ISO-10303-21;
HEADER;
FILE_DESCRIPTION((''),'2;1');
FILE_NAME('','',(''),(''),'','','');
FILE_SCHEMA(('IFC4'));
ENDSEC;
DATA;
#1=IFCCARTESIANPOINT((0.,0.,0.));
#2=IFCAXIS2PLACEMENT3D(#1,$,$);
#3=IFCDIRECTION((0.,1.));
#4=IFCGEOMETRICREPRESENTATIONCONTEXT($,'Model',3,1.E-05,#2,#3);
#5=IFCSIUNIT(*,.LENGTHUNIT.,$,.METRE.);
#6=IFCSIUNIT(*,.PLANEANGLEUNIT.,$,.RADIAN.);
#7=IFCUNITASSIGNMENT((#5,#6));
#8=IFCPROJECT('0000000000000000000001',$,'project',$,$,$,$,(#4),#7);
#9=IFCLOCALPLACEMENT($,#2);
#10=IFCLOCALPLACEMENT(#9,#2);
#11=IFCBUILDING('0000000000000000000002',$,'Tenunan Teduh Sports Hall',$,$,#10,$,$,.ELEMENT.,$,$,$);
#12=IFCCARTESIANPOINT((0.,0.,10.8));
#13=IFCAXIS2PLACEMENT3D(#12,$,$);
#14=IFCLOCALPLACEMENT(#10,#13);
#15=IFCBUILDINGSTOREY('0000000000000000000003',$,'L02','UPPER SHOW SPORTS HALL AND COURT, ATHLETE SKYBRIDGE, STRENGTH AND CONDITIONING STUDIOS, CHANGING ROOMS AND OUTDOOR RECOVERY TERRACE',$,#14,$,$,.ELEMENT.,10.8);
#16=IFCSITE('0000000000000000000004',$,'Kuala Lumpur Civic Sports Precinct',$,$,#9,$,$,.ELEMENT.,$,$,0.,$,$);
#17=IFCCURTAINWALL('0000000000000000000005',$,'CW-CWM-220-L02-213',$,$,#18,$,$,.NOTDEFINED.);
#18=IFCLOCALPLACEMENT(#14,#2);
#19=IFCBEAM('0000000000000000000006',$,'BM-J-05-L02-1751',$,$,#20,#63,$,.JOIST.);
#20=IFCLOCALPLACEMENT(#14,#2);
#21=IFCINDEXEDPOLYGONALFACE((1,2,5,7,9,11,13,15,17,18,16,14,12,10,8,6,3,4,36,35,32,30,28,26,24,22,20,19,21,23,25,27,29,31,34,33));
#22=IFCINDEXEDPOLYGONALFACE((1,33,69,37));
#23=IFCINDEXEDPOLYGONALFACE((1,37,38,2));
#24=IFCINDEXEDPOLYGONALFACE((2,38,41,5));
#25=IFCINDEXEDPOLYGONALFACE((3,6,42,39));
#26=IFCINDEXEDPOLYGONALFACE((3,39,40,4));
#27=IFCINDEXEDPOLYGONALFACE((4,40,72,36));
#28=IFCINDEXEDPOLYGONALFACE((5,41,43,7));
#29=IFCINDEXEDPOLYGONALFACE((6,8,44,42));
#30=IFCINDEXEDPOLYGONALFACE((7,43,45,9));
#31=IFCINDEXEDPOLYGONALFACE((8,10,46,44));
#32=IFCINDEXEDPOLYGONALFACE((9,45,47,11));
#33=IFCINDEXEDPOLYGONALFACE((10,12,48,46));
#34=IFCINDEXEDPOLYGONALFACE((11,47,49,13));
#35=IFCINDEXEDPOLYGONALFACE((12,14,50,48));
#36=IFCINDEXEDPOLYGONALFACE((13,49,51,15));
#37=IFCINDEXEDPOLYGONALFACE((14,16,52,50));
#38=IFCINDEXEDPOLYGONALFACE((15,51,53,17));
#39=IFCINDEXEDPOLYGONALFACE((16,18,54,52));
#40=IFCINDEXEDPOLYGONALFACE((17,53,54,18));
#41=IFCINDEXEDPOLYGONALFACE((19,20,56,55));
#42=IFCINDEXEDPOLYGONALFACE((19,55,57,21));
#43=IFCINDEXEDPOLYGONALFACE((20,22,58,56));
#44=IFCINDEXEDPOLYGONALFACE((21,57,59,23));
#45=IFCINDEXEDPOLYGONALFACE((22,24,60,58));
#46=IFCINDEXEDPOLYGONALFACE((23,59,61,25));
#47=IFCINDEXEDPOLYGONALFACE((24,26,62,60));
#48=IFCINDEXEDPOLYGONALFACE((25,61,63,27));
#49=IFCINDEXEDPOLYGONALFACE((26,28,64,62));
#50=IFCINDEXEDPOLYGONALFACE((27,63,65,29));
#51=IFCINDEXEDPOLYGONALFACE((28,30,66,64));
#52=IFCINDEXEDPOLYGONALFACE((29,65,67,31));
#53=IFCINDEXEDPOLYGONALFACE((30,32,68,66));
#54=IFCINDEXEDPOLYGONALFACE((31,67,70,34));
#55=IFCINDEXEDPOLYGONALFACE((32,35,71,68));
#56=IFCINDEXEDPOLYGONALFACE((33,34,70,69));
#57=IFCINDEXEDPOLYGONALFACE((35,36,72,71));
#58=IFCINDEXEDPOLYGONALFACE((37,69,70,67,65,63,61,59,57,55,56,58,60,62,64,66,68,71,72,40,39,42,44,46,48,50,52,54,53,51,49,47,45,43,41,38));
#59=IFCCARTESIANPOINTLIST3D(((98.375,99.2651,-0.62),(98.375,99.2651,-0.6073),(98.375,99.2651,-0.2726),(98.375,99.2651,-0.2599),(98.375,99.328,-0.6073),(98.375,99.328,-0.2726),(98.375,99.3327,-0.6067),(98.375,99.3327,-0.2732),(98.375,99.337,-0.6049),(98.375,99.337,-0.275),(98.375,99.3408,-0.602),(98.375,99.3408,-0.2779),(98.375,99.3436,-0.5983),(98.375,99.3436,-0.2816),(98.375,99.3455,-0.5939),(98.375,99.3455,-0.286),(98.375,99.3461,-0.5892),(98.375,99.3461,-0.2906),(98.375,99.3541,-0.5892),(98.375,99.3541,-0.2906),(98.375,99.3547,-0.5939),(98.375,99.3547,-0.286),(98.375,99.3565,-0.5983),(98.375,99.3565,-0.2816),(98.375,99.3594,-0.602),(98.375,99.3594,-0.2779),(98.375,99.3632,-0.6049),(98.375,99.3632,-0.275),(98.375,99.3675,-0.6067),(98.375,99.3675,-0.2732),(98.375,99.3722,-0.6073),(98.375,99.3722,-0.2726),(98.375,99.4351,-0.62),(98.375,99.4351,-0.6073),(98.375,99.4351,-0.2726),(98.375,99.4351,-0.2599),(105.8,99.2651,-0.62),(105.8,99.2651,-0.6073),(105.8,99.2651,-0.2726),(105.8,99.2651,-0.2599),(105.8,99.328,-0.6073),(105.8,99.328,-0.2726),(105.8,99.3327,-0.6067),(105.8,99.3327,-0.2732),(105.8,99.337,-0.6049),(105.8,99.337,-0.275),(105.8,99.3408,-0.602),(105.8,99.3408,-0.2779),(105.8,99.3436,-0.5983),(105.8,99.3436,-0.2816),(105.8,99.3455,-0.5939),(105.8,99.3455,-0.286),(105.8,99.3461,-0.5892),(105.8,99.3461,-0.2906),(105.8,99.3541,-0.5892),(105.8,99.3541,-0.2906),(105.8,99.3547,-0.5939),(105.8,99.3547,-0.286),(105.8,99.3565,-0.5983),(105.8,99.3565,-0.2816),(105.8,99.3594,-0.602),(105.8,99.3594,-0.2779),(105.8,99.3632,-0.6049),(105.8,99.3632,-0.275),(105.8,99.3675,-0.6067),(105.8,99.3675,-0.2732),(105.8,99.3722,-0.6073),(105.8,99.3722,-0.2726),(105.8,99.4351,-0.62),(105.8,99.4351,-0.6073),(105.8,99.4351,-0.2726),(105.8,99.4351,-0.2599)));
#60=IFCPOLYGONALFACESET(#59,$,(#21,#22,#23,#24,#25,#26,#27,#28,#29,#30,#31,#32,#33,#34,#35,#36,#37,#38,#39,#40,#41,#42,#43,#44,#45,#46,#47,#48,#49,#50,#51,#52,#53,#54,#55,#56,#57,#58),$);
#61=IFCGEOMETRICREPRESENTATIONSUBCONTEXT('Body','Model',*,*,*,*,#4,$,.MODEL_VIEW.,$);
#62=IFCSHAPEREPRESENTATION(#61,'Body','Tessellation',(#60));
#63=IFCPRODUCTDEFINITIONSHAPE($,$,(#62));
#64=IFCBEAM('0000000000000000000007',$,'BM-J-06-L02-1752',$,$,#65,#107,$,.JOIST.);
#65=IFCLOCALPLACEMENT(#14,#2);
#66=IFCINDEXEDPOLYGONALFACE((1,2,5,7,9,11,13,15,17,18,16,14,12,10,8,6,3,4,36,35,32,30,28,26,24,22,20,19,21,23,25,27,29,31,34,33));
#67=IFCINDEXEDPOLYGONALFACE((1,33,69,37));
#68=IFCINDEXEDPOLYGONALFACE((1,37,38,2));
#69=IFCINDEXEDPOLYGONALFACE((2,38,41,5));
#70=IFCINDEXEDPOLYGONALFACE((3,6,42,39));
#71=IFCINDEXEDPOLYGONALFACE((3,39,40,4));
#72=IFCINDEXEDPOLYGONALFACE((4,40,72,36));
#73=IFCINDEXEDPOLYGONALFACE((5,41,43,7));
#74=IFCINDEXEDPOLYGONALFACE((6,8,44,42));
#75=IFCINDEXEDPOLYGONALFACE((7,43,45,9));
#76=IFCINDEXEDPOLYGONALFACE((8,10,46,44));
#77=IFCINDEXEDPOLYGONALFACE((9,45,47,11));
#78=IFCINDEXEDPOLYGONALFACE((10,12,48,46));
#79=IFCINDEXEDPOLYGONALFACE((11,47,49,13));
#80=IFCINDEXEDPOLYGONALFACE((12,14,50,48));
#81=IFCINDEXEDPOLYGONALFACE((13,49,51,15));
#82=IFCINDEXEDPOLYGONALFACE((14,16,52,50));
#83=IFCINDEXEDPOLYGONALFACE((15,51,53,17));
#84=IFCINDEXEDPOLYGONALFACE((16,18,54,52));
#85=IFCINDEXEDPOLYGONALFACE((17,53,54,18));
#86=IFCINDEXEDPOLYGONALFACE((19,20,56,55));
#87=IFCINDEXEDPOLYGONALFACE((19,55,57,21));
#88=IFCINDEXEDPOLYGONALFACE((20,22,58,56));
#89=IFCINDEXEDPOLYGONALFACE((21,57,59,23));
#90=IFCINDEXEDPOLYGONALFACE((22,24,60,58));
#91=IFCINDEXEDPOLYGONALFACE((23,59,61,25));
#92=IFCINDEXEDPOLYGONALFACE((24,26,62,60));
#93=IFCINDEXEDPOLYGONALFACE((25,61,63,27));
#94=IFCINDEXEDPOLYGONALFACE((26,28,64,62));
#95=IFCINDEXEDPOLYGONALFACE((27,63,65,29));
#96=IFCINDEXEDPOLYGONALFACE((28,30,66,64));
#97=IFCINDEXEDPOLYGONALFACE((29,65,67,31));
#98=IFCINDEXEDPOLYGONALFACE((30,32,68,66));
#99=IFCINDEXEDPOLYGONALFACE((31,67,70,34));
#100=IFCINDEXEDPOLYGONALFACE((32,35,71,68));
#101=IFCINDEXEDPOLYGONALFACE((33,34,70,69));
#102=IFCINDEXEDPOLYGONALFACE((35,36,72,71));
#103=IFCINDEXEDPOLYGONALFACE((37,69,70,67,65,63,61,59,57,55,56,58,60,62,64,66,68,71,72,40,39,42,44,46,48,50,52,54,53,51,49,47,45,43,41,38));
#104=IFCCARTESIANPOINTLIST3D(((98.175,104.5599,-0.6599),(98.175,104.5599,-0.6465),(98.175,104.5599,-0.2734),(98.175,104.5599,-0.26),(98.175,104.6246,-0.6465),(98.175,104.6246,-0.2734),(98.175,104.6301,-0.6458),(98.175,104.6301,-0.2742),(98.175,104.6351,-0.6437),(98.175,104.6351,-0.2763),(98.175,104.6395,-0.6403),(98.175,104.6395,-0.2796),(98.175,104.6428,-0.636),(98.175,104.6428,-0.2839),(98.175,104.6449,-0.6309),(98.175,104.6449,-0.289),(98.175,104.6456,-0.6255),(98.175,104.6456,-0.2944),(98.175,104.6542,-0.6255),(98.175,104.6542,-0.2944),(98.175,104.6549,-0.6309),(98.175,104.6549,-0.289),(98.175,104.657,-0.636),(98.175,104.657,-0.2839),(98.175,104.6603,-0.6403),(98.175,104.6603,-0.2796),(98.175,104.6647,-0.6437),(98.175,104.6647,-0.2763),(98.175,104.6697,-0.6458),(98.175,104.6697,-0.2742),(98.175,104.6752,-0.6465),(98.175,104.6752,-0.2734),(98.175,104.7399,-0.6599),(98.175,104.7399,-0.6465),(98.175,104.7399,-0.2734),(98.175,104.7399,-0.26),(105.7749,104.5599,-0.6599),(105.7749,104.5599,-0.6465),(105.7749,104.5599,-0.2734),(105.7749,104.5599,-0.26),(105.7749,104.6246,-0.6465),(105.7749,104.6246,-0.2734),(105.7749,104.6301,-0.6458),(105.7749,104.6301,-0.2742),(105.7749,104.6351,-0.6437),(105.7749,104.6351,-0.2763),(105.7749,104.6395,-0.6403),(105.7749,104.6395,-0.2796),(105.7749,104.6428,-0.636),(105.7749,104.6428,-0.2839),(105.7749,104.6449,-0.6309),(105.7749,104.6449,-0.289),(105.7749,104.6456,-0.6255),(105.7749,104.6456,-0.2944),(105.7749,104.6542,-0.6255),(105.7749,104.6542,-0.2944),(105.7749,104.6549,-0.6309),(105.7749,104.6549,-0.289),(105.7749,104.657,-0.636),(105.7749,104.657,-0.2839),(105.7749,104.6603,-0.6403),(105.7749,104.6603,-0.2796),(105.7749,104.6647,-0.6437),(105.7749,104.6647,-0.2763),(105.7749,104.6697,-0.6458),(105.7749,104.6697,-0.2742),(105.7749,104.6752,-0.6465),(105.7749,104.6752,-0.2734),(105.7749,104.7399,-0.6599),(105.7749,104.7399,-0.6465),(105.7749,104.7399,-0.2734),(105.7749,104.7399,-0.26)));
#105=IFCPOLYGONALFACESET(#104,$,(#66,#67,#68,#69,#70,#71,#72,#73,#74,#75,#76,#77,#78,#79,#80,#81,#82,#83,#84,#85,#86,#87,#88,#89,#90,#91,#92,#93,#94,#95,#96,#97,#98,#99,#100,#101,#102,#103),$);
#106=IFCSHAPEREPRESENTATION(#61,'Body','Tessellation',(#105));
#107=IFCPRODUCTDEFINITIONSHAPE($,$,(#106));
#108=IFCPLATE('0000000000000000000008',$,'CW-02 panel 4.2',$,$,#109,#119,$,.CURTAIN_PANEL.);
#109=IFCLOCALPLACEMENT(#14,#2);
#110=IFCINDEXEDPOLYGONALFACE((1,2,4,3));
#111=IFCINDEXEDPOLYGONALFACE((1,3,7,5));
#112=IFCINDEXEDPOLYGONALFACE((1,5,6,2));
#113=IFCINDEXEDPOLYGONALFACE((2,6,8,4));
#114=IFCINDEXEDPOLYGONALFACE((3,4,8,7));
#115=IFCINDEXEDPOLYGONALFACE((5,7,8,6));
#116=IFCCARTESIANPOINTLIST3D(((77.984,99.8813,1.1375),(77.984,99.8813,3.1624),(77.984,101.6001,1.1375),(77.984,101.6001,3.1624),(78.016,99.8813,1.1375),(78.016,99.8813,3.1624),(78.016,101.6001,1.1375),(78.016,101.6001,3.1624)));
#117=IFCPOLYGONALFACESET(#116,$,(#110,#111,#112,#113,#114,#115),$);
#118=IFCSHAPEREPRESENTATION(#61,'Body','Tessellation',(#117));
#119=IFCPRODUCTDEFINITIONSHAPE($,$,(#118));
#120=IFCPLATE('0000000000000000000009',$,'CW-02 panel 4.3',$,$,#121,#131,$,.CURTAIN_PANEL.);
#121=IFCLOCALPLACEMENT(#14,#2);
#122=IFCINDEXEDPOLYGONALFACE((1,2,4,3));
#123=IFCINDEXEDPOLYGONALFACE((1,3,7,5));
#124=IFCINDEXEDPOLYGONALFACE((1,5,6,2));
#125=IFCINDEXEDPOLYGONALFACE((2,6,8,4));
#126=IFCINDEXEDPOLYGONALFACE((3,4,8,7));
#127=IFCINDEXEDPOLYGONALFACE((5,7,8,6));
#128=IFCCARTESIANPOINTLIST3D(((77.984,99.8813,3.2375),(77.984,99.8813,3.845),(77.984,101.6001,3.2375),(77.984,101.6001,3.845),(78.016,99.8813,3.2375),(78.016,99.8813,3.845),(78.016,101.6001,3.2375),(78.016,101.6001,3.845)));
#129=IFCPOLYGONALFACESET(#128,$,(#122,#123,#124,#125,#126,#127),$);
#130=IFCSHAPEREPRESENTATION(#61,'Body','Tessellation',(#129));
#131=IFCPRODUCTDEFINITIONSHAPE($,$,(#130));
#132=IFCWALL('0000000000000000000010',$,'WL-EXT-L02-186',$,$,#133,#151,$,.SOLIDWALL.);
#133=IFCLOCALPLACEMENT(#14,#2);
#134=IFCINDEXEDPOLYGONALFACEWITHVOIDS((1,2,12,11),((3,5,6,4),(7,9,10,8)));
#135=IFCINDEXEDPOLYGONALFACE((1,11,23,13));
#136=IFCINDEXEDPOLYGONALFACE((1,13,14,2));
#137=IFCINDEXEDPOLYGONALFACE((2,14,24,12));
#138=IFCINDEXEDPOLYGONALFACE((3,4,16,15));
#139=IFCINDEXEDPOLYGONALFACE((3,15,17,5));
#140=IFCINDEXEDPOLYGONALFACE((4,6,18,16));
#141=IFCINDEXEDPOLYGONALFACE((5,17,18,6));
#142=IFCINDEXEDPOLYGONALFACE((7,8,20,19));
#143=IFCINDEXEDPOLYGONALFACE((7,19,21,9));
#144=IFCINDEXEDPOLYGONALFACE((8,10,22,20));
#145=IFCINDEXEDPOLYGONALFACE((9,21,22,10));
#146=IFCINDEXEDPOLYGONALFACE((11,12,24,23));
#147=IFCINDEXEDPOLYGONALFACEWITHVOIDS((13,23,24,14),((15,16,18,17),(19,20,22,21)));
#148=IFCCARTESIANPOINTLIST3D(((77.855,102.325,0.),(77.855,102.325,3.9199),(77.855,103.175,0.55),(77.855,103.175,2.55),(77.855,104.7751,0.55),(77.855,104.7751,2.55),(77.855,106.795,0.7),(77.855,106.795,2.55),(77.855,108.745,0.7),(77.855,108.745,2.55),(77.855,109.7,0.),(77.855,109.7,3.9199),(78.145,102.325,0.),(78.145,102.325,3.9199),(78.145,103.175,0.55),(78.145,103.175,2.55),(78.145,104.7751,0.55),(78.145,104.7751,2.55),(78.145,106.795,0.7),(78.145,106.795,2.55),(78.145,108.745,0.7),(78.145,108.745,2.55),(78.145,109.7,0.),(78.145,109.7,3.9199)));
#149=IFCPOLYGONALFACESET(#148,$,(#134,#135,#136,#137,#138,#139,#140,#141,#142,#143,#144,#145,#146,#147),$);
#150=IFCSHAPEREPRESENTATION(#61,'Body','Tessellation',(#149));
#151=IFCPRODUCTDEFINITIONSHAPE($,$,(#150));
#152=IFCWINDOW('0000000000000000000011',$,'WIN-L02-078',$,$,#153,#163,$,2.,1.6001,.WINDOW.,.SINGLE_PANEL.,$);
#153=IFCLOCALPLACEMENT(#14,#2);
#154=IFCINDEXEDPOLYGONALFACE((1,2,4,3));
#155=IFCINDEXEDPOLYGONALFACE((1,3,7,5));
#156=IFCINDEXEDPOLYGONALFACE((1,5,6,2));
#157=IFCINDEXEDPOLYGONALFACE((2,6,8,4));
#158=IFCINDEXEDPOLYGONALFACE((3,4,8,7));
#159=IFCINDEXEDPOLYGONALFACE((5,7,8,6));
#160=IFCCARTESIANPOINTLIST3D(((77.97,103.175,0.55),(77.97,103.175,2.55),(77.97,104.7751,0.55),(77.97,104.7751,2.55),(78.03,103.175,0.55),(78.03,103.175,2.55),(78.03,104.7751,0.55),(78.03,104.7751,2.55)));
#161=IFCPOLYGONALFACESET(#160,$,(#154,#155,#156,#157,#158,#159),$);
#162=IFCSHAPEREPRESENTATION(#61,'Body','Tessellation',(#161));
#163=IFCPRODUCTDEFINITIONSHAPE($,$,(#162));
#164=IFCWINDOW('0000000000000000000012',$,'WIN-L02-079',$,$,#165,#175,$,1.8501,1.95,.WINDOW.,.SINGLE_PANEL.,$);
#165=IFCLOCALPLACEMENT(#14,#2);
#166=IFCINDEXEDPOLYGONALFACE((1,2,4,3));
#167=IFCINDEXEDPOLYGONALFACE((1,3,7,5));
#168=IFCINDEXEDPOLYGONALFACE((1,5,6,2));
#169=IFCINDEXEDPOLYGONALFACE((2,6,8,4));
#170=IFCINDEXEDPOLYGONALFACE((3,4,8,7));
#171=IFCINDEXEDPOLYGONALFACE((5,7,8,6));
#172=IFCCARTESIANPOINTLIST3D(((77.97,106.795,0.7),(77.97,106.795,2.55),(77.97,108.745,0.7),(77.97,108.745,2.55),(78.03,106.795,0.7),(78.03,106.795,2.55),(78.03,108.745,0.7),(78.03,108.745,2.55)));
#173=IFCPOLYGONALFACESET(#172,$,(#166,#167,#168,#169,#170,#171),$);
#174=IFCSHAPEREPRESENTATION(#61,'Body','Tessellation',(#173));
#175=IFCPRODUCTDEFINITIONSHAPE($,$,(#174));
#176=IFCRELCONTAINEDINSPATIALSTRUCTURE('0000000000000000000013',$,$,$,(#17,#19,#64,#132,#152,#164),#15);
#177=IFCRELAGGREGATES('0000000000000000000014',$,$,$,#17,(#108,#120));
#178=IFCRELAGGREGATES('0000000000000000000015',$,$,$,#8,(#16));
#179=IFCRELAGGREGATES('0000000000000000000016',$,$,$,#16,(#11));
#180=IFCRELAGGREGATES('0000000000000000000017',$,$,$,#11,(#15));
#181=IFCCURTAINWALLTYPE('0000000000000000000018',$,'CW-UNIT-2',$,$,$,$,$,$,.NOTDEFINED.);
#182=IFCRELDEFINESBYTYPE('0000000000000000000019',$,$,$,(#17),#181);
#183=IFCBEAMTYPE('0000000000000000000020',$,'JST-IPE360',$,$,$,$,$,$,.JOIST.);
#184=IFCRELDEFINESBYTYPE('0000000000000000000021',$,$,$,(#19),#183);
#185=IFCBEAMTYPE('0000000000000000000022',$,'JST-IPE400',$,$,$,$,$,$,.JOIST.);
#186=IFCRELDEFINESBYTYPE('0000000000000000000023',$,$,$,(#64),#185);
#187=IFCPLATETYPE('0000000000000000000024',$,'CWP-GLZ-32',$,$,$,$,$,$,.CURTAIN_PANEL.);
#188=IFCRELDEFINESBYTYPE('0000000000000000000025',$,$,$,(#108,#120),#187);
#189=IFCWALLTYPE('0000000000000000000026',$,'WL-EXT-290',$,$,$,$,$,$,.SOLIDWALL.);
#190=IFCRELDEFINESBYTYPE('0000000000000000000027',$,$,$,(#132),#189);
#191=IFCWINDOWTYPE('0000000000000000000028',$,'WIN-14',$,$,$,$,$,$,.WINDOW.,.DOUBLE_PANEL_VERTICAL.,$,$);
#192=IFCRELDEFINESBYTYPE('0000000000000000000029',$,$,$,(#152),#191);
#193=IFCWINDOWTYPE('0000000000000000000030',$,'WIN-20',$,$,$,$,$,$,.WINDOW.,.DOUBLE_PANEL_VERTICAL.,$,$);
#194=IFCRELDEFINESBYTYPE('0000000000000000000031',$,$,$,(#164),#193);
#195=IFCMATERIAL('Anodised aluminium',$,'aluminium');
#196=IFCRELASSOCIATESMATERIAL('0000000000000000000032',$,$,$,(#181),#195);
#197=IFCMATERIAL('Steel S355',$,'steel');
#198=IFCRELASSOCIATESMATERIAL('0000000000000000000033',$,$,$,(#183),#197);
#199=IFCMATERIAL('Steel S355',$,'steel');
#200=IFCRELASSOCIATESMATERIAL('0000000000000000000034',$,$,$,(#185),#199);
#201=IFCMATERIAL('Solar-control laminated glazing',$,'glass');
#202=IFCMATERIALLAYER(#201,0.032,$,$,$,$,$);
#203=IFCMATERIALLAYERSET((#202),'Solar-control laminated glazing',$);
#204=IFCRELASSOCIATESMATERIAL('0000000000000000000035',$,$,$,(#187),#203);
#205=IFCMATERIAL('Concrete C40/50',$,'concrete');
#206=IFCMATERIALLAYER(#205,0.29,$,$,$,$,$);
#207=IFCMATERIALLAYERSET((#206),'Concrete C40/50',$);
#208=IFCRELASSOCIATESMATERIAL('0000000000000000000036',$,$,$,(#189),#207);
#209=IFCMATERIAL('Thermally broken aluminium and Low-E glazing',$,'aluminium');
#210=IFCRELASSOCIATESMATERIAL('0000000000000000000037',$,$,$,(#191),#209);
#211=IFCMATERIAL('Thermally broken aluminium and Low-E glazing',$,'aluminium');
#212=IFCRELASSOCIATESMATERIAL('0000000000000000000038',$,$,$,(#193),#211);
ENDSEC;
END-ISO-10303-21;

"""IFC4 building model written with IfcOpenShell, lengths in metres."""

from ifc_helpers import new_model, si_unit, direction, frame, frame_2d, origin, origin_2d, place, context, subcontext, project, spatial, rectangle, i_section, extrude, material, layer, layer_set, material_profile, profile_set, type_object, element, fill, aggregate, save


model = new_model("IFC4")

# Units and contexts
model_context = context("Model", 3, precision=1e-05, world=origin(), true_north=direction((0.0, 1.0)))
body_context = subcontext(model_context, "Body", "Model", "MODEL_VIEW")
ifc_project = project(units=[si_unit("LENGTHUNIT", "METRE"), si_unit("PLANEANGLEUNIT", "RADIAN")], contexts=[model_context])

# Site, building, storey
site_placement = place(None, origin())
site = spatial("IfcSite", under=ifc_project, at=site_placement, Name="Kuala Lumpur Civic Sports Precinct", CompositionType="ELEMENT", RefElevation=0.0)
building_placement = place(site_placement, origin())
building = spatial("IfcBuilding", under=site, at=building_placement, Name="Tenunan Teduh Sports Hall", CompositionType="ELEMENT")
storey_placement = place(building_placement, frame((0.0, 0.0, 10.8)))
storey = spatial("IfcBuildingStorey", under=building, at=storey_placement, Name="L02", Description="UPPER SHOW SPORTS HALL AND COURT, ATHLETE SKYBRIDGE, STRENGTH AND CONDITIONING STUDIOS, CHANGING ROOMS AND OUTDOOR RECOVERY TERRACE", CompositionType="ELEMENT", Elevation=10.8)

# Curtain wall
ifc_material_1 = material(Name="Anodised aluminium", Category="aluminium")
curtain_wall_type = type_object("IfcCurtainWallType", Name="CW-UNIT-2", PredefinedType="NOTDEFINED", material=ifc_material_1)
curtain_wall_placement = place(storey_placement, origin())
curtain_wall = element("IfcCurtainWall", 1, at=curtain_wall_placement, inside=storey, type_object=curtain_wall_type, Name="CW-CWM-220-L02-213", PredefinedType="NOTDEFINED")

# Beams
ifc_material_2 = material(Name="Steel S355", Category="steel")
ifc_material_profile_1 = material_profile(ifc_material_2, i_section(OverallWidth=0.1699, OverallDepth=0.3601, WebThickness=0.0081, FlangeThickness=0.0127, FilletRadius=0.0181, at=origin_2d()), Name="IPE 360")
ifc_profile_set_1 = profile_set([ifc_material_profile_1], Name="Steel S355")
beam_type_1 = type_object("IfcBeamType", Name="JST-IPE360", PredefinedType="JOIST", material=ifc_profile_set_1)
beam_1_placement = place(storey_placement, frame((98.375, 99.3501, -0.4399), z_axis=(1.0, 0.0, 0.0), x_axis=(0.0, 1.0, 0.0)))
element("IfcBeam", 2, at=beam_1_placement, inside=storey, type_object=beam_type_1, Name="BM-J-05-L02-1751", PredefinedType="JOIST", context=body_context, shape_type="SweptSolid", body=[
    extrude(i_section(OverallWidth=0.1699, OverallDepth=0.3601, WebThickness=0.0081, FlangeThickness=0.0127, FilletRadius=0.0181, at=origin_2d()), origin(), (0.0, 0.0, 1.0), 7.425),
])
ifc_material_3 = material(Name="Steel S355", Category="steel")
ifc_material_profile_2 = material_profile(ifc_material_3, i_section(OverallWidth=0.1799, OverallDepth=0.3999, WebThickness=0.0085, FlangeThickness=0.0134, FilletRadius=0.021, at=origin_2d()), Name="IPE 400")
ifc_profile_set_2 = profile_set([ifc_material_profile_2], Name="Steel S355")
beam_type_2 = type_object("IfcBeamType", Name="JST-IPE400", PredefinedType="JOIST", material=ifc_profile_set_2)
beam_2_placement = place(storey_placement, frame((98.175, 104.6499, -0.46), z_axis=(1.0, 0.0, 0.0), x_axis=(0.0, 1.0, 0.0)))
element("IfcBeam", 3, at=beam_2_placement, inside=storey, type_object=beam_type_2, Name="BM-J-06-L02-1752", PredefinedType="JOIST", context=body_context, shape_type="SweptSolid", body=[
    extrude(i_section(OverallWidth=0.1799, OverallDepth=0.3999, WebThickness=0.0085, FlangeThickness=0.0134, FilletRadius=0.021, at=origin_2d()), origin(), (0.0, 0.0, 1.0), 7.5999),
])

# Plates
ifc_material_4 = material(Name="Solar-control laminated glazing", Category="glass")
ifc_layer_1 = layer(ifc_material_4, 0.032)
ifc_layer_set_1 = layer_set([ifc_layer_1], Name="Solar-control laminated glazing")
plate_type = type_object("IfcPlateType", Name="CWP-GLZ-32", PredefinedType="CURTAIN_PANEL", material=ifc_layer_set_1)
plate_1_placement = place(storey_placement, frame((78.0, 100.7407, 1.1375), z_axis=(0.0, 0.0, 1.0), x_axis=(0.0, 1.0, 0.0)))
plate_1 = element("IfcPlate", 4, at=plate_1_placement, type_object=plate_type, Name="CW-02 panel 4.2", PredefinedType="CURTAIN_PANEL", context=body_context, shape_type="SweptSolid", body=[
    extrude(rectangle(XDim=1.7188, YDim=0.032, at=origin_2d()), origin(), (0.0, 0.0, 1.0), 2.0249),
])
plate_2_placement = place(storey_placement, frame((78.0, 100.7407, 3.2375), z_axis=(0.0, 0.0, 1.0), x_axis=(0.0, 1.0, 0.0)))
plate_2 = element("IfcPlate", 5, at=plate_2_placement, type_object=plate_type, Name="CW-02 panel 4.3", PredefinedType="CURTAIN_PANEL", context=body_context, shape_type="SweptSolid", body=[
    extrude(rectangle(XDim=1.7188, YDim=0.032, at=origin_2d()), origin(), (0.0, 0.0, 1.0), 0.6074),
])
aggregate(curtain_wall, [plate_1, plate_2])

# Wall, openings, windows
ifc_material_5 = material(Name="Concrete C40/50", Category="concrete")
ifc_layer_2 = layer(ifc_material_5, 0.29)
ifc_layer_set_2 = layer_set([ifc_layer_2], Name="Concrete C40/50")
wall_type = type_object("IfcWallType", Name="WL-EXT-290", PredefinedType="SOLIDWALL", material=ifc_layer_set_2)
wall_placement = place(storey_placement, frame((78.0, 102.325, 0.0), z_axis=(0.0, 0.0, 1.0), x_axis=(0.0, 1.0, 0.0)))
wall = element("IfcWall", 6, at=wall_placement, inside=storey, type_object=wall_type, Name="WL-EXT-L02-186", PredefinedType="SOLIDWALL", context=body_context, shape_type="SweptSolid", body=[
    extrude(rectangle(XDim=7.375, YDim=0.29, at=frame_2d((3.6875, 0.0))), origin(), (0.0, 0.0, 1.0), 3.9199),
])
opening_1_placement = place(wall_placement, frame((0.8501, 0.0, 0.55)))
opening_1 = element("IfcOpeningElement", 7, at=opening_1_placement, cuts=wall, PredefinedType="OPENING", context=body_context, shape_type="SweptSolid", body=[
    extrude(rectangle(XDim=1.6001, YDim=2.0, at=frame_2d((0.8, 1.0))), frame((0.0, 0.155, 0.0), z_axis=(0.0, -1.0, 0.0), x_axis=(1.0, 0.0, 0.0)), (0.0, 0.0, 1.0), 0.3101),
])
opening_2_placement = place(wall_placement, frame((4.47, 0.0, 0.7)))
opening_2 = element("IfcOpeningElement", 8, at=opening_2_placement, cuts=wall, PredefinedType="OPENING", context=body_context, shape_type="SweptSolid", body=[
    extrude(rectangle(XDim=1.95, YDim=1.8501, at=frame_2d((0.9751, 0.925))), frame((0.0, 0.155, 0.0), z_axis=(0.0, -1.0, 0.0), x_axis=(1.0, 0.0, 0.0)), (0.0, 0.0, 1.0), 0.3101),
])
ifc_material_6 = material(Name="Thermally broken aluminium and Low-E glazing", Category="aluminium")
window_type_1 = type_object("IfcWindowType", Name="WIN-14", PartitioningType="DOUBLE_PANEL_VERTICAL", PredefinedType="WINDOW", material=ifc_material_6)
window_1_placement = place(opening_1_placement, origin())
window_1 = element("IfcWindow", 9, at=window_1_placement, inside=storey, type_object=window_type_1, Name="WIN-L02-078", OverallHeight=2.0, OverallWidth=1.6001, PartitioningType="SINGLE_PANEL", PredefinedType="WINDOW", context=body_context, shape_type="SweptSolid", body=[
    extrude(rectangle(XDim=1.6001, YDim=2.0, at=frame_2d((0.8, 1.0))), frame((0.0, 0.03, 0.0), z_axis=(0.0, -1.0, 0.0), x_axis=(1.0, 0.0, 0.0)), (0.0, 0.0, 1.0), 0.0601),
])
fill(opening_1, window_1)
ifc_material_7 = material(Name="Thermally broken aluminium and Low-E glazing", Category="aluminium")
window_type_2 = type_object("IfcWindowType", Name="WIN-20", PartitioningType="DOUBLE_PANEL_VERTICAL", PredefinedType="WINDOW", material=ifc_material_7)
window_2_placement = place(opening_2_placement, origin())
window_2 = element("IfcWindow", 10, at=window_2_placement, inside=storey, type_object=window_type_2, Name="WIN-L02-079", OverallHeight=1.8501, OverallWidth=1.95, PartitioningType="SINGLE_PANEL", PredefinedType="WINDOW", context=body_context, shape_type="SweptSolid", body=[
    extrude(rectangle(XDim=1.95, YDim=1.8501, at=frame_2d((0.9751, 0.925))), frame((0.0, 0.03, 0.0), z_axis=(0.0, -1.0, 0.0), x_axis=(1.0, 0.0, 0.0)), (0.0, 0.0, 1.0), 0.0601),
])
fill(opening_2, window_2)

save(model, "model.ifc")
